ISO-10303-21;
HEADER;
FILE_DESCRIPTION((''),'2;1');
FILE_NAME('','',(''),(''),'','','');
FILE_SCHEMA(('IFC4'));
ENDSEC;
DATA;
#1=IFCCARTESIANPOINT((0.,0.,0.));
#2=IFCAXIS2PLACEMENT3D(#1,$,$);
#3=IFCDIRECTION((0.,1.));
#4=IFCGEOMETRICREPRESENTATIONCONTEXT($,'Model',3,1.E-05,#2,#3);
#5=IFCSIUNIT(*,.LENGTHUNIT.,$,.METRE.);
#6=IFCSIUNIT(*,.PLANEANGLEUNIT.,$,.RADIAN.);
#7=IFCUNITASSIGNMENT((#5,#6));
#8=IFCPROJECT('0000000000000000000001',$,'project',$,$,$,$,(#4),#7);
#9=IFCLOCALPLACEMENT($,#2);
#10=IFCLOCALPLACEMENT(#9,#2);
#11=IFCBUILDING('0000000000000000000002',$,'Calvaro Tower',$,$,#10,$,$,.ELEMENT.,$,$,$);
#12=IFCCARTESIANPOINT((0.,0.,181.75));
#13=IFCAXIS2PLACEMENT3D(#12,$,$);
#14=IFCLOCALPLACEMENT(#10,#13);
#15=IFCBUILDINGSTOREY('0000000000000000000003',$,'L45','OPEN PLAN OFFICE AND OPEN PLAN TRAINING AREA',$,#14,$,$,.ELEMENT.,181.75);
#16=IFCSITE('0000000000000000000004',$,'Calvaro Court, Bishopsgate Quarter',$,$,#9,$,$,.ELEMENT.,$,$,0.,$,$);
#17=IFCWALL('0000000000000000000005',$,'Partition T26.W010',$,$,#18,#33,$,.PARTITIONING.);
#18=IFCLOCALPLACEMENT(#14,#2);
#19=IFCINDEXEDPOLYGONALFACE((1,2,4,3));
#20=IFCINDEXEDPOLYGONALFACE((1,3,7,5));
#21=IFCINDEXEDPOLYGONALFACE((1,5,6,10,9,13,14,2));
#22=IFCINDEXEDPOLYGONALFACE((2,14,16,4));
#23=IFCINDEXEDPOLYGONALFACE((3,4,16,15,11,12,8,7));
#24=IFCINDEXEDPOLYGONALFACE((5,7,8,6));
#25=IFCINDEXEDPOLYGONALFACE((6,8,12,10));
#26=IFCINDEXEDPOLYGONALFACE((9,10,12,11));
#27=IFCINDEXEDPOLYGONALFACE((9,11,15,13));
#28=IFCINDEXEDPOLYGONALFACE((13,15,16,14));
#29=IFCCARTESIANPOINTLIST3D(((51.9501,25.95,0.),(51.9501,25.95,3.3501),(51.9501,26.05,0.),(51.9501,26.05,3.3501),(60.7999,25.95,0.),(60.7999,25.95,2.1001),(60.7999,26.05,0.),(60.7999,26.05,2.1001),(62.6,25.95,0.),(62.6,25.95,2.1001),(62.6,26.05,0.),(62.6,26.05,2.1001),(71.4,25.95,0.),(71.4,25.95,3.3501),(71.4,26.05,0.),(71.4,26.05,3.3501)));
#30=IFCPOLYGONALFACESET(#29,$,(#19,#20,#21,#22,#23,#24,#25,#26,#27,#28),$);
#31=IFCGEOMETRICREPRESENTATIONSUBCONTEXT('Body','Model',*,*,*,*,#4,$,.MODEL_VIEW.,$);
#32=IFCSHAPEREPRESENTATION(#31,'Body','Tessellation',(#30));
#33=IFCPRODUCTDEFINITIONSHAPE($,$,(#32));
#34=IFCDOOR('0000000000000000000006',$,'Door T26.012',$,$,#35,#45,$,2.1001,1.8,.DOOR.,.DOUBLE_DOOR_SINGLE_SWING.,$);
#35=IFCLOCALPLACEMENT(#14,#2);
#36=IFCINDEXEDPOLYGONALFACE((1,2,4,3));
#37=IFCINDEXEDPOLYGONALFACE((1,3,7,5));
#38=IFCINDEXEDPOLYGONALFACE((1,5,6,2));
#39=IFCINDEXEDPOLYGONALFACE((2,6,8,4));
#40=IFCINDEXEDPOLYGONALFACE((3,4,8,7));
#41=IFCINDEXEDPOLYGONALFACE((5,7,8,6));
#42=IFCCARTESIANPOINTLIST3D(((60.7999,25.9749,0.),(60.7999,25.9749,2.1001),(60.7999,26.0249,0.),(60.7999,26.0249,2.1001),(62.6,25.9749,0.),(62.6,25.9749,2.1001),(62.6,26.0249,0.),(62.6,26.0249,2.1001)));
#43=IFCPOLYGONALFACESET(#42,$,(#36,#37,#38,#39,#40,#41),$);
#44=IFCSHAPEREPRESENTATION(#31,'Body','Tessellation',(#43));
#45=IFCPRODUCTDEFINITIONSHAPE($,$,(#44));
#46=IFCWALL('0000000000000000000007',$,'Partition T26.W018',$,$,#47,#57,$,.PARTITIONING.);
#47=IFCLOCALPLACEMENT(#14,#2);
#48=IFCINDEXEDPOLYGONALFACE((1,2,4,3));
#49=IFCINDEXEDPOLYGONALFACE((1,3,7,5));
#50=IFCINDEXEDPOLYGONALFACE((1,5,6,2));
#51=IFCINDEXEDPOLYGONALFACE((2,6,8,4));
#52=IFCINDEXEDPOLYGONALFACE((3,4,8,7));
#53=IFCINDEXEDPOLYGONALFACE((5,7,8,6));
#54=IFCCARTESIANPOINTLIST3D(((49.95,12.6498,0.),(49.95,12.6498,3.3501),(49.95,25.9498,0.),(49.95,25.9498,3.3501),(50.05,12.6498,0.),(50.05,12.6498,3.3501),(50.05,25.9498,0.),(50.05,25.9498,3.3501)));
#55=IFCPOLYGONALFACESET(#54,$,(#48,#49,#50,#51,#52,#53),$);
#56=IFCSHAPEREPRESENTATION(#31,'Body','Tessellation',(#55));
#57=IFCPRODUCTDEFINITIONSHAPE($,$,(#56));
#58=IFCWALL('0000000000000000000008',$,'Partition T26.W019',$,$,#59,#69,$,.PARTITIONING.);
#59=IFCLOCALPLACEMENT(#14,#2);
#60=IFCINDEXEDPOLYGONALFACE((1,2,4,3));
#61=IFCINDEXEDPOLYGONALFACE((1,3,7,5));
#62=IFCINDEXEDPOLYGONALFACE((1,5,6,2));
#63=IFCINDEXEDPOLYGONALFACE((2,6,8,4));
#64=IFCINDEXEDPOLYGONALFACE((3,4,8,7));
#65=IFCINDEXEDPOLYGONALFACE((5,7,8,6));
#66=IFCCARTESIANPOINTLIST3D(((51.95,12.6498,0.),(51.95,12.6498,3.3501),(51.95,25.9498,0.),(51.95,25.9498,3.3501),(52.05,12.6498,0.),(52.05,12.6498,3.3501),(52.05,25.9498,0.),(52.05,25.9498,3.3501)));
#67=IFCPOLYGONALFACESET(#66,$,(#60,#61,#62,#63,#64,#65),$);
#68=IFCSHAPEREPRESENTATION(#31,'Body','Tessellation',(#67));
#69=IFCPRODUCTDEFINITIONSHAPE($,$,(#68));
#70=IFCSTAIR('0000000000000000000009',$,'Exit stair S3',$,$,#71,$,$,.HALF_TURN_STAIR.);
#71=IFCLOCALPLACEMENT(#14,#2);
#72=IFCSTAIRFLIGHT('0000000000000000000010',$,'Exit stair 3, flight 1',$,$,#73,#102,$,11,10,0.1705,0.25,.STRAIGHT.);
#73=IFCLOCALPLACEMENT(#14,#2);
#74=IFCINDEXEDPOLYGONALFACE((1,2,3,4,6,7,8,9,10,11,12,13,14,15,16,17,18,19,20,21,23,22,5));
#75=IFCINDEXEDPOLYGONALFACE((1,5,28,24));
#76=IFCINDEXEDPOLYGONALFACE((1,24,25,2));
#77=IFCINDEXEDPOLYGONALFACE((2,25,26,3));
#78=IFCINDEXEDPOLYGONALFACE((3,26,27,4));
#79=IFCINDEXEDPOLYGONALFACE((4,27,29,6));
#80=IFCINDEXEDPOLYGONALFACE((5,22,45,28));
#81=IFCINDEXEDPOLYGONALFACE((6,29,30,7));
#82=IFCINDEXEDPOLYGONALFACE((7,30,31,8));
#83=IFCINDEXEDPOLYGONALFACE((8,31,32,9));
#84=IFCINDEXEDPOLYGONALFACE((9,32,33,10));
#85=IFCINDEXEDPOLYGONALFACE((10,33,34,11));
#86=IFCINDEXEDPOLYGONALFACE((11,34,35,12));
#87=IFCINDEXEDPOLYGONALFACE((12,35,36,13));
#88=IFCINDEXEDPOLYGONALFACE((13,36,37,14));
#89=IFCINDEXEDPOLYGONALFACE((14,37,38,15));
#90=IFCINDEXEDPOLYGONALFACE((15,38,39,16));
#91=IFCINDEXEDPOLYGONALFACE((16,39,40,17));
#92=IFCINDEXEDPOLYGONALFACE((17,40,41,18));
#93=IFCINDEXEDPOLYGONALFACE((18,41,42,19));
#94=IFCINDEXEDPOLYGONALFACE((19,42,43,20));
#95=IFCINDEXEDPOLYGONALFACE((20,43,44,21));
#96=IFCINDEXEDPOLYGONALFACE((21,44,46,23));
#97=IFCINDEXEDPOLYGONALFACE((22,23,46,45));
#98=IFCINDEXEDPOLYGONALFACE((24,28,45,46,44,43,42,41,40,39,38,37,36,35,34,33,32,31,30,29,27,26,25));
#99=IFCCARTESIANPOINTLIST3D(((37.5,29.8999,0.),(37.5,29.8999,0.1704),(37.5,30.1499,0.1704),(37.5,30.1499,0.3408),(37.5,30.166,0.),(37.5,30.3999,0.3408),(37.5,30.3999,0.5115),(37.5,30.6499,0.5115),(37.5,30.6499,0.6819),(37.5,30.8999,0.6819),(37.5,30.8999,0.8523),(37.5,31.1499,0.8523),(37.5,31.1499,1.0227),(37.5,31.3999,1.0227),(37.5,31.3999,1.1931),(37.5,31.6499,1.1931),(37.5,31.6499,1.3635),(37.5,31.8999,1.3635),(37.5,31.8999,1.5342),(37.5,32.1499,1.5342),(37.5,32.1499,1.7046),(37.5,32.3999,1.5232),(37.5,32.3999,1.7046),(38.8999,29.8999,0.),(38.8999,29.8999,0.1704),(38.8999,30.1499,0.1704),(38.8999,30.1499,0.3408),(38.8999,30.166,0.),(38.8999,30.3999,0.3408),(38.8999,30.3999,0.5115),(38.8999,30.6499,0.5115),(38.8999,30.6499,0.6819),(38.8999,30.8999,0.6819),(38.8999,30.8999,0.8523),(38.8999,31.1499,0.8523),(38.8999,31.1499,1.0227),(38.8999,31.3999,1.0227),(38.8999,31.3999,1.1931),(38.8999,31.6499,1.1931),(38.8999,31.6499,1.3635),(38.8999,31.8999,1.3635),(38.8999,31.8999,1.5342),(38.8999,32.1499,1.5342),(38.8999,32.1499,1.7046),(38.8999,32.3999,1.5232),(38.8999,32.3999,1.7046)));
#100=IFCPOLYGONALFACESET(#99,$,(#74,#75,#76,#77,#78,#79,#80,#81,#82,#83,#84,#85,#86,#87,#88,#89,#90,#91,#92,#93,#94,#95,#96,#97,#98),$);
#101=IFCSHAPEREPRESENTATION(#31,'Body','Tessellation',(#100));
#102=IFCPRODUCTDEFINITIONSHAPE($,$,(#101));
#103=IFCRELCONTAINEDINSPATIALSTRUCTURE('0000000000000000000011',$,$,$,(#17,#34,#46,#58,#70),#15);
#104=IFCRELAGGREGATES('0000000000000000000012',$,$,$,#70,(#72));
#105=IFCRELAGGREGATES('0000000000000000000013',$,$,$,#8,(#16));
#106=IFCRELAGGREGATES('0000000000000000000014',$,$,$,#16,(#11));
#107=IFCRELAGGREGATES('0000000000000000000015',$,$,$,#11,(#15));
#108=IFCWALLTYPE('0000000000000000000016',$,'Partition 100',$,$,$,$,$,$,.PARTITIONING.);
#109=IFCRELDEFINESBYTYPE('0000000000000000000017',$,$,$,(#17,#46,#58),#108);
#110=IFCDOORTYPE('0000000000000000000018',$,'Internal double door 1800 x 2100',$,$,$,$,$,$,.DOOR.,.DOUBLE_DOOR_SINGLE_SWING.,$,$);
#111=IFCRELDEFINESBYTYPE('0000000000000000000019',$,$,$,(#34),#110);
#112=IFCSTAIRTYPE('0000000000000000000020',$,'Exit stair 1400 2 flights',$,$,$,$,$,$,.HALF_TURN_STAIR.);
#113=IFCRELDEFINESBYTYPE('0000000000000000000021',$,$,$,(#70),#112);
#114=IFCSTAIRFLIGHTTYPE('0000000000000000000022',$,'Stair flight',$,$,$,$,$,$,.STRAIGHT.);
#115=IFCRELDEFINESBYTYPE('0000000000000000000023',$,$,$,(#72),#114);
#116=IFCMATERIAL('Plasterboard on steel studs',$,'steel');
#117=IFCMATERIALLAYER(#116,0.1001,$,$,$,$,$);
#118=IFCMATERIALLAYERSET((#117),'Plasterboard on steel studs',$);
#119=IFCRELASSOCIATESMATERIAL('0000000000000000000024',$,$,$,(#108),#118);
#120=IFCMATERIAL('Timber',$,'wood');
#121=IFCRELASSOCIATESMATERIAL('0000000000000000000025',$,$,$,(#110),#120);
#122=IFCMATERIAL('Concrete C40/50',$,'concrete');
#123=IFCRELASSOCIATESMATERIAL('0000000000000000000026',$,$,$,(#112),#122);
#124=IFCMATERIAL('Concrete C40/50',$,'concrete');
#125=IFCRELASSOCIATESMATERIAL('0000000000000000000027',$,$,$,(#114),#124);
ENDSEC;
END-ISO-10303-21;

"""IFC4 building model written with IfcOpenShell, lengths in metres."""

from ifc_helpers import new_model, si_unit, direction, frame, frame_2d, origin, place, context, subcontext, project, spatial, polyline, rectangle, outline, extrude, material, layer, layer_set, type_object, element, fill, aggregate, save


model = new_model("IFC4")

# Units and contexts
model_context = context("Model", 3, precision=1e-05, world=origin(), true_north=direction((0.0, 1.0)))
body_context = subcontext(model_context, "Body", "Model", "MODEL_VIEW")
ifc_project = project(units=[si_unit("LENGTHUNIT", "METRE"), si_unit("PLANEANGLEUNIT", "RADIAN")], contexts=[model_context])

# Site, building, storey
site_placement = place(None, origin())
site = spatial("IfcSite", under=ifc_project, at=site_placement, Name="Calvaro Court, Bishopsgate Quarter", CompositionType="ELEMENT", RefElevation=0.0)
building_placement = place(site_placement, origin())
building = spatial("IfcBuilding", under=site, at=building_placement, Name="Calvaro Tower", CompositionType="ELEMENT")
storey_placement = place(building_placement, frame((0.0, 0.0, 181.75)))
storey = spatial("IfcBuildingStorey", under=building, at=storey_placement, Name="L45", Description="OPEN PLAN OFFICE AND OPEN PLAN TRAINING AREA", CompositionType="ELEMENT", Elevation=181.75)

# Shared definitions
ifc_material_1 = material(Name="Plasterboard on steel studs", Category="steel")
ifc_layer_1 = layer(ifc_material_1, 0.1001)
ifc_layer_set_1 = layer_set([ifc_layer_1], Name="Plasterboard on steel studs")
wall_type_1 = type_object("IfcWallType", Name="Partition 100", PredefinedType="PARTITIONING", material=ifc_layer_set_1)
ifc_material_2 = material(Name="Timber", Category="wood")
door_type = type_object("IfcDoorType", Name="Internal double door 1800 x 2100", OperationType="DOUBLE_DOOR_SINGLE_SWING", PredefinedType="DOOR", material=ifc_material_2)

# Wall, opening, door
wall_1_placement = place(storey_placement, frame((51.95, 26.0, 0.0), z_axis=(0.0, 0.0, 1.0), x_axis=(1.0, 0.0, 0.0)))
wall_1 = element("IfcWall", 1, at=wall_1_placement, inside=storey, type_object=wall_type_1, Name="Partition T26.W010", PredefinedType="PARTITIONING", context=body_context, shape_type="SweptSolid", body=[
    extrude(rectangle(XDim=19.45, YDim=0.1001, at=frame_2d((9.7251, 0.0))), origin(), (0.0, 0.0, 1.0), 3.3501),
])
opening_1_placement = place(wall_1_placement, frame((8.8501, 0.0, 0.0)))
opening_1 = element("IfcOpeningElement", 2, at=opening_1_placement, cuts=wall_1, PredefinedType="OPENING", context=body_context, shape_type="SweptSolid", body=[
    extrude(rectangle(XDim=1.8, YDim=2.1001, at=frame_2d((0.8999, 1.05))), frame((0.0, 0.0601, 0.0), z_axis=(0.0, -1.0, 0.0), x_axis=(1.0, 0.0, 0.0)), (0.0, 0.0, 1.0), 0.1201),
])
door_1_placement = place(opening_1_placement, origin())
door_1 = element("IfcDoor", 3, at=door_1_placement, inside=storey, type_object=door_type, Name="Door T26.012", OperationType="DOUBLE_DOOR_SINGLE_SWING", OverallHeight=2.1001, OverallWidth=1.8, PredefinedType="DOOR", context=body_context, shape_type="SweptSolid", body=[
    extrude(rectangle(XDim=1.8, YDim=2.1001, at=frame_2d((0.8999, 1.05))), frame((0.0, 0.0249, 0.0), z_axis=(0.0, -1.0, 0.0), x_axis=(1.0, 0.0, 0.0)), (0.0, 0.0, 1.0), 0.05),
])
fill(opening_1, door_1)

# Walls
for number, where, z_axis, x_axis, name in (
    (4, (50.0, 12.6499, 0.0), (0.0, 0.0, 1.0), (0.0, 1.0, 0.0), "Partition T26.W018"),
    (5, (52.0, 12.6499, 0.0), (0.0, 0.0, 1.0), (0.0, 1.0, 0.0), "Partition T26.W019"),
):
    element("IfcWall", number, at=place(storey_placement, frame(where, z_axis=z_axis, x_axis=x_axis)), inside=storey, type_object=wall_type_1, Name=name, PredefinedType="PARTITIONING", context=body_context, shape_type="SweptSolid", body=[
        extrude(rectangle(XDim=13.3, YDim=0.1001, at=frame_2d((6.6499, 0.0))), origin(), (0.0, 0.0, 1.0), 3.3501),
    ])

# Stair, stair flight
ifc_material_3 = material(Name="Concrete C40/50", Category="concrete")
stair_type = type_object("IfcStairType", Name="Exit stair 1400 2 flights", PredefinedType="HALF_TURN_STAIR", material=ifc_material_3)
stair_placement = place(storey_placement, origin())
stair = element("IfcStair", 6, at=stair_placement, inside=storey, type_object=stair_type, Name="Exit stair S3", PredefinedType="HALF_TURN_STAIR")
ifc_material_4 = material(Name="Concrete C40/50", Category="concrete")
stair_flight_type = type_object("IfcStairFlightType", Name="Stair flight", PredefinedType="STRAIGHT", material=ifc_material_4)
stair_flight_placement = place(storey_placement, frame((38.2, 29.8999, 0.0), z_axis=(0.0, 0.0, 1.0), x_axis=(0.0, 1.0, 0.0)))
stair_flight = element("IfcStairFlight", 7, at=stair_flight_placement, type_object=stair_flight_type, Name="Exit stair 3, flight 1", NumberOfRisers=11, NumberOfTreads=10, PredefinedType="STRAIGHT", RiserHeight=0.1705, TreadLength=0.25, context=body_context, shape_type="SweptSolid", body=[
    extrude(outline(polyline([(0.0, 0.0), (0.0, 0.1704), (0.25, 0.1704), (0.25, 0.3408), (0.5, 0.3408), (0.5, 0.5115), (0.75, 0.5115), (0.75, 0.6819), (1.0, 0.6819), (1.0, 0.8523), (1.25, 0.8523), (1.25, 1.0227), (1.5, 1.0227), (1.5, 1.1931), (1.75, 1.1931), (1.75, 1.3635), (2.0, 1.3635), (2.0, 1.5342), (2.25, 1.5342), (2.25, 1.7046), (2.5, 1.7046), (2.5, 1.875), (2.5, 1.5232), (0.2661, 0.0), (0.0, 0.0)])), frame((0.0, 0.7, 0.0), z_axis=(0.0, -1.0, 0.0), x_axis=(1.0, 0.0, 0.0)), (0.0, 0.0, 1.0), 1.3999),
])
aggregate(stair, [stair_flight])

save(model, "model.ifc")
